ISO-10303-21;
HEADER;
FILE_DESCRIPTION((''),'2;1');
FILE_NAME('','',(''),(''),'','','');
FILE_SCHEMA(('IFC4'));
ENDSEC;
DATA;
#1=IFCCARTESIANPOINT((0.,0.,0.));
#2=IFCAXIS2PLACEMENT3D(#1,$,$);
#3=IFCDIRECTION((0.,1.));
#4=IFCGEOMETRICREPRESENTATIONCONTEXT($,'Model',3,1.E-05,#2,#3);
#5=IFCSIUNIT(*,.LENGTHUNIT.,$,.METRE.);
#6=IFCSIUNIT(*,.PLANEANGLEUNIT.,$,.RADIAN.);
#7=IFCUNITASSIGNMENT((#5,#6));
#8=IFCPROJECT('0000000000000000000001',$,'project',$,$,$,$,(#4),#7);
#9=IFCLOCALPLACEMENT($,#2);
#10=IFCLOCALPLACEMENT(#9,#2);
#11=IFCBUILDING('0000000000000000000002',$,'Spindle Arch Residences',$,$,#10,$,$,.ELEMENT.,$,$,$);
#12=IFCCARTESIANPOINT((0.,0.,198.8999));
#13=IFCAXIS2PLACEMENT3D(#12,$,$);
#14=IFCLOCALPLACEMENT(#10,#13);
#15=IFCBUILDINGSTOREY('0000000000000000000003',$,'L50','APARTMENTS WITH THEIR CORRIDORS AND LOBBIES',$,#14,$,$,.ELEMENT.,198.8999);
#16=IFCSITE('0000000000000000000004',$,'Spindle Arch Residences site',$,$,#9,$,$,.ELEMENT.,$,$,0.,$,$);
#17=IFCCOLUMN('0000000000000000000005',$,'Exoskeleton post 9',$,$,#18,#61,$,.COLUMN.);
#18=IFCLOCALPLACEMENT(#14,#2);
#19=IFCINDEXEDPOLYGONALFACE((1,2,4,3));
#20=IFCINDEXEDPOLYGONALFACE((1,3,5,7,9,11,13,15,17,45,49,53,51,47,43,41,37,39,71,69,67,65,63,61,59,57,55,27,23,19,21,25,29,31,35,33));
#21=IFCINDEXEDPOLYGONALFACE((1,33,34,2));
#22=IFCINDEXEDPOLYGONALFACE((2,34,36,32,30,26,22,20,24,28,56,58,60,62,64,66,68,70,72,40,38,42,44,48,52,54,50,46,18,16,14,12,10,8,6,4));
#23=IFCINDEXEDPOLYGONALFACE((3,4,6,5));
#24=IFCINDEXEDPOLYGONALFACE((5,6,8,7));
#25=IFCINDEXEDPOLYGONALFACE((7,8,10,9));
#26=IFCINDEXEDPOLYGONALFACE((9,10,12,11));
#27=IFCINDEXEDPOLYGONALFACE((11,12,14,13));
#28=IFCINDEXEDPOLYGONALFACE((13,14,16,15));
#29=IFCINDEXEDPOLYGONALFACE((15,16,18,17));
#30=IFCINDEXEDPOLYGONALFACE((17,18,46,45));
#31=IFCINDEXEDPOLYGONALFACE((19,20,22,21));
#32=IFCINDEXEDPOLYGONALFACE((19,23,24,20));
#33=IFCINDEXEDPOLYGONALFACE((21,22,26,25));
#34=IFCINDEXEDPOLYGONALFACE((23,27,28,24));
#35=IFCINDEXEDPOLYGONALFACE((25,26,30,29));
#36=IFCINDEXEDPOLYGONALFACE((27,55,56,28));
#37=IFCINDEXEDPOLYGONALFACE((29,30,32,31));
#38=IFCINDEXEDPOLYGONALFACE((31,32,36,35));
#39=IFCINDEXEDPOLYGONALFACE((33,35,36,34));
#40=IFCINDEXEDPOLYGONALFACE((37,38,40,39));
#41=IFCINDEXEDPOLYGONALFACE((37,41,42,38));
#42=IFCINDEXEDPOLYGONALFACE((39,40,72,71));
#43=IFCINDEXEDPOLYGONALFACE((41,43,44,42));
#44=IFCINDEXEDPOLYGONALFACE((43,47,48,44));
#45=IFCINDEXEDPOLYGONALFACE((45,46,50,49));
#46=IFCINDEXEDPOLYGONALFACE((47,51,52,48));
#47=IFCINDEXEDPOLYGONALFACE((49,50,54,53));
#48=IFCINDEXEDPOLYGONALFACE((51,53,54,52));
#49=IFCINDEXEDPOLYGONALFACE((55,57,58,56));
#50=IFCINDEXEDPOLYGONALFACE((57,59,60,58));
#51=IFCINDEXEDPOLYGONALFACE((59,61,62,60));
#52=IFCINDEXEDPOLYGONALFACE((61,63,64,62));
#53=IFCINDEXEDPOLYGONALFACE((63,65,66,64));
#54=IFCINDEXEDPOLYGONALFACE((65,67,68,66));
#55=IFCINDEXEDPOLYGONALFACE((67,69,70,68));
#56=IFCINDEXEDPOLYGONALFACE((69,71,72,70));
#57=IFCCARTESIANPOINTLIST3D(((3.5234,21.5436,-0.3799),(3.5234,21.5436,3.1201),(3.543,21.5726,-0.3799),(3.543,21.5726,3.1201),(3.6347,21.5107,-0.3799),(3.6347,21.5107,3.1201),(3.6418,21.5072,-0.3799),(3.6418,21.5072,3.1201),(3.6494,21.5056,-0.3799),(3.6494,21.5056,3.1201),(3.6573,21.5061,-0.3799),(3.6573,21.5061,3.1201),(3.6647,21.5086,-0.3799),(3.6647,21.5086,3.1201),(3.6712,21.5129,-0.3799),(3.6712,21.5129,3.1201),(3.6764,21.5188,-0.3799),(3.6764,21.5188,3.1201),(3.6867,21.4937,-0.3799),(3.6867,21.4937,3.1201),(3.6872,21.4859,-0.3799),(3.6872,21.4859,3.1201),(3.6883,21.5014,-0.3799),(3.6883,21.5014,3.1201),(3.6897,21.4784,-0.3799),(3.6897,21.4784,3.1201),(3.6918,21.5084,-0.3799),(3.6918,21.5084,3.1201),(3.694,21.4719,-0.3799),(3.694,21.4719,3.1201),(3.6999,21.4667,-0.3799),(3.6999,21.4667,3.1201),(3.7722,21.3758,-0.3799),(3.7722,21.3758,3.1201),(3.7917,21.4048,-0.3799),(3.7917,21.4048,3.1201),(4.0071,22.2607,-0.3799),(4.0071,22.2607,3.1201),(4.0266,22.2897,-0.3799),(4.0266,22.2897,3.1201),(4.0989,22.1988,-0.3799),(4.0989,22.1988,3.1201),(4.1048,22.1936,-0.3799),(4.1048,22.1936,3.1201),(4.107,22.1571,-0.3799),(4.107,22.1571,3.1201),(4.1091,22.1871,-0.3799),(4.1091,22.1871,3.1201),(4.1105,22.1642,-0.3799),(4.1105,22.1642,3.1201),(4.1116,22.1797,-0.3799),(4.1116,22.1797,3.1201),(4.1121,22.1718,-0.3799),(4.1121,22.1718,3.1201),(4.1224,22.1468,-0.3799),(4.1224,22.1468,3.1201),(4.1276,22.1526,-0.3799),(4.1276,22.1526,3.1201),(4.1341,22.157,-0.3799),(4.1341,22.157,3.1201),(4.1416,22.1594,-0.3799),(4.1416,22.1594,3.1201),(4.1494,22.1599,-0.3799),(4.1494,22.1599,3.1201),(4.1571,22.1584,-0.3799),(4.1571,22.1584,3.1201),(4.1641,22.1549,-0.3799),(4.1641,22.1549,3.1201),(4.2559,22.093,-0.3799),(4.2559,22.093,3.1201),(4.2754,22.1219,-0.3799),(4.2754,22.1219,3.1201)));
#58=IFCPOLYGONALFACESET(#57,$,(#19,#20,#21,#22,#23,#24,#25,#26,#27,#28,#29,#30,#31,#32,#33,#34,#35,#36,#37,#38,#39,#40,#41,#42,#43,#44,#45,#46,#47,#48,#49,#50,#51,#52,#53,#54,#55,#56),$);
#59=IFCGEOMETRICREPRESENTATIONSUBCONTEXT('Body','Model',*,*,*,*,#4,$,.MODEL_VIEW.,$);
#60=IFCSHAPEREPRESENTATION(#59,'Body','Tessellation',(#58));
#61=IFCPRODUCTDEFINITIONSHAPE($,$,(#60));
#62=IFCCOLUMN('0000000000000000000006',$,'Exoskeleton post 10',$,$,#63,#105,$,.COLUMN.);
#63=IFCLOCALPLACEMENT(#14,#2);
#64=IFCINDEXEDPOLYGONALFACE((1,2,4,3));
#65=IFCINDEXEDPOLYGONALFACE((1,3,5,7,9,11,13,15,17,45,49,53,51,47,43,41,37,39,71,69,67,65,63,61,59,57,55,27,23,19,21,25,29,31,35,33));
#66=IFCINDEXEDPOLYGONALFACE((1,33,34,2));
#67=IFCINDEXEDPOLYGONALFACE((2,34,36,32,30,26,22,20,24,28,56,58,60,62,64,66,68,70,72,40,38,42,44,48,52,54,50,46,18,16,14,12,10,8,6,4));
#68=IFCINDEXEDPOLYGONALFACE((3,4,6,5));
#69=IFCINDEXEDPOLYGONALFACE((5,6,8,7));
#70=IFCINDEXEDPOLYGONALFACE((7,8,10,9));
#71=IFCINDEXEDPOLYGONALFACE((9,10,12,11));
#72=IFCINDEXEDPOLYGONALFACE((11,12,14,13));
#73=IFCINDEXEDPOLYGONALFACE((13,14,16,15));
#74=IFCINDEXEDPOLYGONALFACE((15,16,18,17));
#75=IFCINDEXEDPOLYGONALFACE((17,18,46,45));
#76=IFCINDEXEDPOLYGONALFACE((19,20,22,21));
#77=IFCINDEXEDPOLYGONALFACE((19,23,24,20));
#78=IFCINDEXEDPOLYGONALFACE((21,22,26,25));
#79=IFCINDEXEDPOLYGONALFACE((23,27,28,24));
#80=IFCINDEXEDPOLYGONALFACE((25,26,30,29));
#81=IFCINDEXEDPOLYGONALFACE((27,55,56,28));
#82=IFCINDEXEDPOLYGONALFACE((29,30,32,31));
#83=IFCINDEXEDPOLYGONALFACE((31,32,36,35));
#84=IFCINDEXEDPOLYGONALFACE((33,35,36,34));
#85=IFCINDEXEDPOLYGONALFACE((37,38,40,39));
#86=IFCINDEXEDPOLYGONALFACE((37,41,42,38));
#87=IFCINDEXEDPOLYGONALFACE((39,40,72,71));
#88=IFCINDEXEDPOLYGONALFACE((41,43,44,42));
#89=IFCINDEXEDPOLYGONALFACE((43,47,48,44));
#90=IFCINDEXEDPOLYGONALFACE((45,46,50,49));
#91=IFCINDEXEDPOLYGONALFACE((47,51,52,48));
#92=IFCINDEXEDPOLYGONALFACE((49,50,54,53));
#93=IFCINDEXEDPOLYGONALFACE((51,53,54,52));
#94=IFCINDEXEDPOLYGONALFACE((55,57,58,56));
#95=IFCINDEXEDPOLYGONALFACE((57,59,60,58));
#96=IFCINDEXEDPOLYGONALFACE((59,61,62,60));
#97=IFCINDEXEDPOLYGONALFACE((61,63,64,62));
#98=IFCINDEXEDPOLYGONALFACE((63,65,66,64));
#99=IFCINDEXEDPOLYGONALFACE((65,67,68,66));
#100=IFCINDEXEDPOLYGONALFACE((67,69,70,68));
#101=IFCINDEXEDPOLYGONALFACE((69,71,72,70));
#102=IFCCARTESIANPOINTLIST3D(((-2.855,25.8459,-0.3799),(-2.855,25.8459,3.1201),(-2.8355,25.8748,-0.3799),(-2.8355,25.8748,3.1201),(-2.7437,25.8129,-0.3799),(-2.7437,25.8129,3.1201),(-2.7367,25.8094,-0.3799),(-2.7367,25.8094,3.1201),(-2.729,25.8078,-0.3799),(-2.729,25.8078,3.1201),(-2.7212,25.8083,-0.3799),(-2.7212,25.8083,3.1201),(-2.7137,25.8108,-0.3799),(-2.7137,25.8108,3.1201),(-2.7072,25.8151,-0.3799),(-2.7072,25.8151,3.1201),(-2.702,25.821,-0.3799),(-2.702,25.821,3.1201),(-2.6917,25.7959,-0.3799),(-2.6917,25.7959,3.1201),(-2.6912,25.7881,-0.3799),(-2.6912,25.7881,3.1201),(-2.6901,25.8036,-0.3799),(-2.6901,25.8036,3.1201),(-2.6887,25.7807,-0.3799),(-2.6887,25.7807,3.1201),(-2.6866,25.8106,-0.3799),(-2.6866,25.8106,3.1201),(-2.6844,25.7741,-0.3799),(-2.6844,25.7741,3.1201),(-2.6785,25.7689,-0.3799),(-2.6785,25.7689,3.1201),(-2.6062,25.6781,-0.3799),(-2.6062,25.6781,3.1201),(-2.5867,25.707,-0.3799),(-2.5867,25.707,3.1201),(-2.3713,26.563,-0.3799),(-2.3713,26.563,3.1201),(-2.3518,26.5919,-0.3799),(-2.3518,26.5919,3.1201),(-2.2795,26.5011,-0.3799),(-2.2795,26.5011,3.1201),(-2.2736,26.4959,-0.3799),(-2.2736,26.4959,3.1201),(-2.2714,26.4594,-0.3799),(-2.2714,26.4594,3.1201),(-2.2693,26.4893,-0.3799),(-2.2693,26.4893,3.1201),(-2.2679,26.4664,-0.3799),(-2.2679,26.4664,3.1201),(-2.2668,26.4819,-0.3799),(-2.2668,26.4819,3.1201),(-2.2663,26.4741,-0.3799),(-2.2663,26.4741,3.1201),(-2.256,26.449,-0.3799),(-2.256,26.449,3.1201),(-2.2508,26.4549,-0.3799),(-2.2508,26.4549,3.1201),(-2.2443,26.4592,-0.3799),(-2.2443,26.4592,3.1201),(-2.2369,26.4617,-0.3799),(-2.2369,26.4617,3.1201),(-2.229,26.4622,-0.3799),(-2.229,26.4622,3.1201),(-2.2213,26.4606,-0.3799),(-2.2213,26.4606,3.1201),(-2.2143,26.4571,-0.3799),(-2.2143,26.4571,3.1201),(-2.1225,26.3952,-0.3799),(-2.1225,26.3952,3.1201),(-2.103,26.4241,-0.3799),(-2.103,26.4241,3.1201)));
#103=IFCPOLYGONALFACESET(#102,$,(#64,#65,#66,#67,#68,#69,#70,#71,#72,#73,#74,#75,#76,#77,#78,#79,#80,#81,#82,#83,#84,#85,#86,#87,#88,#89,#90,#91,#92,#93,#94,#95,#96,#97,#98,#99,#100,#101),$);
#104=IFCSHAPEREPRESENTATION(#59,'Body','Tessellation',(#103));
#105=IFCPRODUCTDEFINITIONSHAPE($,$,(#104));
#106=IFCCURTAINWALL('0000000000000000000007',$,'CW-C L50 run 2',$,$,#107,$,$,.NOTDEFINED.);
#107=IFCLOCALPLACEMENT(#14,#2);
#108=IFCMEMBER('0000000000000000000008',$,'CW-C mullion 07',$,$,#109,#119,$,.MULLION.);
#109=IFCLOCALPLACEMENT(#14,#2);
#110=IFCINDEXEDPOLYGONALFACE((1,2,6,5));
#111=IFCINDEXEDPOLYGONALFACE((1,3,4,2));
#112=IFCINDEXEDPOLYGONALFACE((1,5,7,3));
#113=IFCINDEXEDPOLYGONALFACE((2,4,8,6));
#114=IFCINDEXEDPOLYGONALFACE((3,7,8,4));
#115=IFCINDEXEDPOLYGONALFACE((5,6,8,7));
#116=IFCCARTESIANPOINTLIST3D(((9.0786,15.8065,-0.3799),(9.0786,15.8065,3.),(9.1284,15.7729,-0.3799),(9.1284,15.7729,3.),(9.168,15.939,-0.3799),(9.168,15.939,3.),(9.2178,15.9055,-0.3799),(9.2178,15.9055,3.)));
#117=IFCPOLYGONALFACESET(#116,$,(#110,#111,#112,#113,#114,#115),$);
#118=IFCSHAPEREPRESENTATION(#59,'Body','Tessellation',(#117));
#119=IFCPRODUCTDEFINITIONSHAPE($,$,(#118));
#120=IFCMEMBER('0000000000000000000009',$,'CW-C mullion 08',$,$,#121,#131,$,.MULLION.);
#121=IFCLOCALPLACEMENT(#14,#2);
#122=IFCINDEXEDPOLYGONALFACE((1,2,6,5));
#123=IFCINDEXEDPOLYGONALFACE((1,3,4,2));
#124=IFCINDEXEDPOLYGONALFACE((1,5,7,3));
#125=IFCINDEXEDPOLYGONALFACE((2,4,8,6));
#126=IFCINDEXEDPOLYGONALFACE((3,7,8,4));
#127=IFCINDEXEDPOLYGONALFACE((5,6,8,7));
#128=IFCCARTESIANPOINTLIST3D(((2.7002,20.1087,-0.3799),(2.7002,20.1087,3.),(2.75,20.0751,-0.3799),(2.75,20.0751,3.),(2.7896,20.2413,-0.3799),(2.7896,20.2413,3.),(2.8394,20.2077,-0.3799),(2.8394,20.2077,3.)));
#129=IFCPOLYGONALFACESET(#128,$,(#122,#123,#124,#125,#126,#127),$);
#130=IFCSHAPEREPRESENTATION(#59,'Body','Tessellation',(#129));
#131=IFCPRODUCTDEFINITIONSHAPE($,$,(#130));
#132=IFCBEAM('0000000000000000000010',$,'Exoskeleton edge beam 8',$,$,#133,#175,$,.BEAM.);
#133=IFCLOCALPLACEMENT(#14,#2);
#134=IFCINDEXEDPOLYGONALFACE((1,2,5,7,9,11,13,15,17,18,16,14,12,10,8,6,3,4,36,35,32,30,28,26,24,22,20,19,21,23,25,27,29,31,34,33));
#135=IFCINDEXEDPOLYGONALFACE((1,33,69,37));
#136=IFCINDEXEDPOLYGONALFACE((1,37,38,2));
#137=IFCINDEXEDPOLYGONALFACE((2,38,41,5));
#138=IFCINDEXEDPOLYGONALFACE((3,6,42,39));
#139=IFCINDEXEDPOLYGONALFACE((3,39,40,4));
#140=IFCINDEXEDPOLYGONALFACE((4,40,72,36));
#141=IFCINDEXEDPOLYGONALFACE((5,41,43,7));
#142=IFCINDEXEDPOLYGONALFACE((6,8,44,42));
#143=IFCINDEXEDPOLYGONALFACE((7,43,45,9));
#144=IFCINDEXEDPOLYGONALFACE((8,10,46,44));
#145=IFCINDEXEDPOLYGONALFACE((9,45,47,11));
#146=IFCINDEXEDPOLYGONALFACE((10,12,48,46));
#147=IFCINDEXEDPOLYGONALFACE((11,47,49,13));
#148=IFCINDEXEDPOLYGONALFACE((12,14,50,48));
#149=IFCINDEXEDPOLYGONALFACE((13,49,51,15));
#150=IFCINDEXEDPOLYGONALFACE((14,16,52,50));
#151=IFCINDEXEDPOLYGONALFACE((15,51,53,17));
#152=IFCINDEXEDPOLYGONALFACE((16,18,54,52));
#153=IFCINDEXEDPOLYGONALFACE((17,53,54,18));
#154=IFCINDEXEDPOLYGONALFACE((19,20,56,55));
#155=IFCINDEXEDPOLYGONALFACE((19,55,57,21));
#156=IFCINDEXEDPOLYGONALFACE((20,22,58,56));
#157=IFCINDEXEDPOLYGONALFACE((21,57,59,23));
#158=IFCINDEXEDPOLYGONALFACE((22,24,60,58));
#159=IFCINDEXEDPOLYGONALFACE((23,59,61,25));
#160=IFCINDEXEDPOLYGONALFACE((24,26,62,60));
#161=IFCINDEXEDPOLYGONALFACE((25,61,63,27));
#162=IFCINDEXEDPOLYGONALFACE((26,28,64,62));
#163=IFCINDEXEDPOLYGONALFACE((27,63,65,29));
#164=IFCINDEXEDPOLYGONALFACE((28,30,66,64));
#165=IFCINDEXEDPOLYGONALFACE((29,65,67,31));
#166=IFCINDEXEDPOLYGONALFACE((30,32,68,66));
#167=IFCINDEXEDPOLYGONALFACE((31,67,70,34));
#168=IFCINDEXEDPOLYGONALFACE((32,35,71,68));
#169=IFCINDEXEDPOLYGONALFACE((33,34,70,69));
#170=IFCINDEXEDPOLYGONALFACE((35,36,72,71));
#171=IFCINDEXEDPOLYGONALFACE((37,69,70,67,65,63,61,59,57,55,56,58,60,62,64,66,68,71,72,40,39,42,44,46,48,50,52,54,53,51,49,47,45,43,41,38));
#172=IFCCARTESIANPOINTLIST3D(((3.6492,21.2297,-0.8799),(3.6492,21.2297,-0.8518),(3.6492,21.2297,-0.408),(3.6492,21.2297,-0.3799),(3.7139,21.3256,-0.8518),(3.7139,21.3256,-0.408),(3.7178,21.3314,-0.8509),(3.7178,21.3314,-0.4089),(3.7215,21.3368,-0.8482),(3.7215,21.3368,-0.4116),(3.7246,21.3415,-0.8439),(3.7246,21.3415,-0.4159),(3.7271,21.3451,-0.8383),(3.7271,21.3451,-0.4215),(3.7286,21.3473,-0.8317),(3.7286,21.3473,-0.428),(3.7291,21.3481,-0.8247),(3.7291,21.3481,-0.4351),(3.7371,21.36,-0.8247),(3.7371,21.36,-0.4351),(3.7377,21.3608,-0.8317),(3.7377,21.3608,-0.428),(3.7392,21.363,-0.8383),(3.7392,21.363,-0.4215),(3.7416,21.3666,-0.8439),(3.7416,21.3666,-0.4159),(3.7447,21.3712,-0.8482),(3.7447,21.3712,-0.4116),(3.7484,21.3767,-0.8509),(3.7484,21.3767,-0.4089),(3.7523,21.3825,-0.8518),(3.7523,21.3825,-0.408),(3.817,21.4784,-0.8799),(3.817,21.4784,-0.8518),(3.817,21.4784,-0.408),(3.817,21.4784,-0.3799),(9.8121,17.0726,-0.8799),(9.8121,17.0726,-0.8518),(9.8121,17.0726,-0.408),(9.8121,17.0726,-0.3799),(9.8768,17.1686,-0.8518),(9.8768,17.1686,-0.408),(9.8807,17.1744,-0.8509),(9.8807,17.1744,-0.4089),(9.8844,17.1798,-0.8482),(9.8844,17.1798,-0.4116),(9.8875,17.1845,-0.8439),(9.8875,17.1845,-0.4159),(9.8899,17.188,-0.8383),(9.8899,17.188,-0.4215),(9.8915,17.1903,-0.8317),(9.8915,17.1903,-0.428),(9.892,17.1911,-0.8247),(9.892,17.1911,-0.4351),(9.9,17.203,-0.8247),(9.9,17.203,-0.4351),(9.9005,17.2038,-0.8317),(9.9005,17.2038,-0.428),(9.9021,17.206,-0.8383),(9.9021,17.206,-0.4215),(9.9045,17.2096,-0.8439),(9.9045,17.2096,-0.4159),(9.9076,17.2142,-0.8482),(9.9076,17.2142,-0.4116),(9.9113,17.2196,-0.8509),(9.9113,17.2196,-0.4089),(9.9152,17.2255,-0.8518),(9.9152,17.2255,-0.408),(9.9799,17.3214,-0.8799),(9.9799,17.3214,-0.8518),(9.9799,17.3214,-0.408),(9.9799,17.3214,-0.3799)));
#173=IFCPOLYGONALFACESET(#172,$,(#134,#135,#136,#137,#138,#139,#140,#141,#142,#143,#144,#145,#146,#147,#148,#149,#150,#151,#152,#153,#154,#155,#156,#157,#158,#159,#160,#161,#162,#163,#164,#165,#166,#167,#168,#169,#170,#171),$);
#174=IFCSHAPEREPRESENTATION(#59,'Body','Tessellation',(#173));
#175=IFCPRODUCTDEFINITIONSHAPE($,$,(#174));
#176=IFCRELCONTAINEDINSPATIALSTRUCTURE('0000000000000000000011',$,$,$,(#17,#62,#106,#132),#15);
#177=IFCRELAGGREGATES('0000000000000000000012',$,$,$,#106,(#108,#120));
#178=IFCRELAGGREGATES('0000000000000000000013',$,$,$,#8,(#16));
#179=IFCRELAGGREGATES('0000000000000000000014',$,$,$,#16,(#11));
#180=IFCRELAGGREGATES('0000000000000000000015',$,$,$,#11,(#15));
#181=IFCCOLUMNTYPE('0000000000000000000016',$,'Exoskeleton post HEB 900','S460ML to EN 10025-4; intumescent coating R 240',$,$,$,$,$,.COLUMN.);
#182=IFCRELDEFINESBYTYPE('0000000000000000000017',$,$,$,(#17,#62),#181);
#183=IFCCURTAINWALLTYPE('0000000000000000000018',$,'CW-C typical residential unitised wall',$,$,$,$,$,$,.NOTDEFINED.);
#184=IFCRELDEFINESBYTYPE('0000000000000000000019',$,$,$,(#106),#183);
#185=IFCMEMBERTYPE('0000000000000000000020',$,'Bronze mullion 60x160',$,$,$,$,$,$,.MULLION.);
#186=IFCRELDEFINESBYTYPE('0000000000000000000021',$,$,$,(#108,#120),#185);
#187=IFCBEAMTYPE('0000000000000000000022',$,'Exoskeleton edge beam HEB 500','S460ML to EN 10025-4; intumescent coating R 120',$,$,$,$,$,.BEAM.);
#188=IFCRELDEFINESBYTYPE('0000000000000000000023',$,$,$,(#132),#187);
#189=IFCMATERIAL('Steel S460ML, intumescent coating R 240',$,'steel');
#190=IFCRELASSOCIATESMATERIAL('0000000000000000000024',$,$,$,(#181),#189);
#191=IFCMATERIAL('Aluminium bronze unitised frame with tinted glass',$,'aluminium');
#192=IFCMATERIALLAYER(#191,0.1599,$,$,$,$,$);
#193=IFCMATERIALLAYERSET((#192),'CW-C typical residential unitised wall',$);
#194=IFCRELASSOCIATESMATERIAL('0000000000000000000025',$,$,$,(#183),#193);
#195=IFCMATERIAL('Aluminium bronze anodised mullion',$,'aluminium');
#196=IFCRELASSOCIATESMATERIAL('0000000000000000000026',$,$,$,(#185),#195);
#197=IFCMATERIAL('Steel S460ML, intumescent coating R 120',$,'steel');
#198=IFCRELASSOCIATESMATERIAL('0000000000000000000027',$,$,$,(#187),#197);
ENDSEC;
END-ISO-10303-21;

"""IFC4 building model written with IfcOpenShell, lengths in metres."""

from ifc_helpers import new_model, si_unit, direction, frame, origin, origin_2d, place, context, subcontext, project, spatial, rectangle, i_section, extrude, material, layer, layer_set, material_profile, profile_set, type_object, element, aggregate, save


model = new_model("IFC4")

# Units and contexts
model_context = context("Model", 3, precision=1e-05, world=origin(), true_north=direction((0.0, 1.0)))
body_context = subcontext(model_context, "Body", "Model", "MODEL_VIEW")
ifc_project = project(units=[si_unit("LENGTHUNIT", "METRE"), si_unit("PLANEANGLEUNIT", "RADIAN")], contexts=[model_context])

# Site, building, storey
site_placement = place(None, origin())
site = spatial("IfcSite", under=ifc_project, at=site_placement, Name="Spindle Arch Residences site", CompositionType="ELEMENT", RefElevation=0.0)
building_placement = place(site_placement, origin())
building = spatial("IfcBuilding", under=site, at=building_placement, Name="Spindle Arch Residences", CompositionType="ELEMENT")
storey_placement = place(building_placement, frame((0.0, 0.0, 198.8999)))
storey = spatial("IfcBuildingStorey", under=building, at=storey_placement, Name="L50", Description="APARTMENTS WITH THEIR CORRIDORS AND LOBBIES", CompositionType="ELEMENT", Elevation=198.8999)

# Columns
ifc_material_1 = material(Name="Steel S460ML, intumescent coating R 240", Category="steel")
ifc_material_profile_1 = material_profile(ifc_material_1, i_section(OverallWidth=0.3, OverallDepth=0.8999, WebThickness=0.0186, FlangeThickness=0.0349, FilletRadius=0.03, at=origin_2d()), Name="HEB 900")
ifc_profile_set_1 = profile_set([ifc_material_profile_1], Name="Steel S460ML, intumescent coating R 240")
column_type = type_object("IfcColumnType", Name="Exoskeleton post HEB 900", Description="S460ML to EN 10025-4; intumescent coating R 240", PredefinedType="COLUMN", material=ifc_profile_set_1)
for number, where, z_axis, x_axis, name in (
    (1, (3.8994, 21.8328, -0.3799), (0.0, 0.0, 1.0), (0.829038, -0.559193, 0.0), "Exoskeleton post 9"),
    (2, (-2.479, 26.135, -0.3799), (0.0, 0.0, 1.0), (0.829038, -0.559193, 0.0), "Exoskeleton post 10"),
):
    element("IfcColumn", number, at=place(storey_placement, frame(where, z_axis=z_axis, x_axis=x_axis)), inside=storey, type_object=column_type, Name=name, PredefinedType="COLUMN", context=body_context, shape_type="SweptSolid", body=[
        extrude(i_section(OverallWidth=0.3, OverallDepth=0.8999, WebThickness=0.0186, FlangeThickness=0.0349, FilletRadius=0.03, at=origin_2d()), origin(), (0.0, 0.0, 1.0), 3.5),
    ])

# Curtain wall, members
ifc_material_2 = material(Name="Aluminium bronze unitised frame with tinted glass", Category="aluminium")
ifc_layer_1 = layer(ifc_material_2, 0.1599)
ifc_layer_set_1 = layer_set([ifc_layer_1], Name="CW-C typical residential unitised wall")
curtain_wall_type = type_object("IfcCurtainWallType", Name="CW-C typical residential unitised wall", PredefinedType="NOTDEFINED", material=ifc_layer_set_1)
curtain_wall_placement = place(storey_placement, origin())
curtain_wall = element("IfcCurtainWall", 3, at=curtain_wall_placement, inside=storey, type_object=curtain_wall_type, Name="CW-C L50 run 2", PredefinedType="NOTDEFINED")
ifc_material_3 = material(Name="Aluminium bronze anodised mullion", Category="aluminium")
ifc_material_profile_2 = material_profile(ifc_material_3, rectangle(XDim=0.1599, YDim=0.0601, at=origin_2d()), Name="MU 60x160")
ifc_profile_set_2 = profile_set([ifc_material_profile_2], Name="Aluminium bronze anodised mullion")
member_type = type_object("IfcMemberType", Name="Bronze mullion 60x160", PredefinedType="MULLION", material=ifc_profile_set_2)
member_1_placement = place(storey_placement, frame((9.1482, 15.856, -0.3799), z_axis=(0.0, 0.0, 1.0), x_axis=(-0.559193, -0.829038, 0.0)))
member_1 = element("IfcMember", 4, at=member_1_placement, type_object=member_type, Name="CW-C mullion 07", PredefinedType="MULLION", context=body_context, shape_type="SweptSolid", body=[
    extrude(rectangle(XDim=0.1599, YDim=0.0601, at=origin_2d()), origin(), (0.0, 0.0, 1.0), 3.3799),
])
member_2_placement = place(storey_placement, frame((2.7698, 20.1582, -0.3799), z_axis=(0.0, 0.0, 1.0), x_axis=(-0.559193, -0.829038, 0.0)))
member_2 = element("IfcMember", 5, at=member_2_placement, type_object=member_type, Name="CW-C mullion 08", PredefinedType="MULLION", context=body_context, shape_type="SweptSolid", body=[
    extrude(rectangle(XDim=0.1599, YDim=0.0601, at=origin_2d()), origin(), (0.0, 0.0, 1.0), 3.3799),
])

# Beam
ifc_material_4 = material(Name="Steel S460ML, intumescent coating R 120", Category="steel")
ifc_material_profile_3 = material_profile(ifc_material_4, i_section(OverallWidth=0.3, OverallDepth=0.5, WebThickness=0.0144, FlangeThickness=0.0281, FilletRadius=0.0271, at=origin_2d()), Name="HEB 500")
ifc_profile_set_3 = profile_set([ifc_material_profile_3], Name="Steel S460ML, intumescent coating R 120")
beam_type_1 = type_object("IfcBeamType", Name="Exoskeleton edge beam HEB 500", Description="S460ML to EN 10025-4; intumescent coating R 120", PredefinedType="BEAM", material=ifc_profile_set_3)
for number, where, z_axis, x_axis, name in (
    (6, (9.896, 17.197, -0.6299), (-0.829032, 0.559202, 0.0), (-0.559202, -0.829032, 0.0), "Exoskeleton edge beam 8"),
):
    element("IfcBeam", number, at=place(storey_placement, frame(where, z_axis=z_axis, x_axis=x_axis)), inside=storey, type_object=beam_type_1, Name=name, PredefinedType="BEAM", context=body_context, shape_type="SweptSolid", body=[
        extrude(i_section(OverallWidth=0.3, OverallDepth=0.5, WebThickness=0.0144, FlangeThickness=0.0281, FilletRadius=0.0271, at=origin_2d()), origin(), (0.0, 0.0, 1.0), 7.4338),
    ])

aggregate(curtain_wall, [member_1, member_2])

save(model, "model.ifc")
